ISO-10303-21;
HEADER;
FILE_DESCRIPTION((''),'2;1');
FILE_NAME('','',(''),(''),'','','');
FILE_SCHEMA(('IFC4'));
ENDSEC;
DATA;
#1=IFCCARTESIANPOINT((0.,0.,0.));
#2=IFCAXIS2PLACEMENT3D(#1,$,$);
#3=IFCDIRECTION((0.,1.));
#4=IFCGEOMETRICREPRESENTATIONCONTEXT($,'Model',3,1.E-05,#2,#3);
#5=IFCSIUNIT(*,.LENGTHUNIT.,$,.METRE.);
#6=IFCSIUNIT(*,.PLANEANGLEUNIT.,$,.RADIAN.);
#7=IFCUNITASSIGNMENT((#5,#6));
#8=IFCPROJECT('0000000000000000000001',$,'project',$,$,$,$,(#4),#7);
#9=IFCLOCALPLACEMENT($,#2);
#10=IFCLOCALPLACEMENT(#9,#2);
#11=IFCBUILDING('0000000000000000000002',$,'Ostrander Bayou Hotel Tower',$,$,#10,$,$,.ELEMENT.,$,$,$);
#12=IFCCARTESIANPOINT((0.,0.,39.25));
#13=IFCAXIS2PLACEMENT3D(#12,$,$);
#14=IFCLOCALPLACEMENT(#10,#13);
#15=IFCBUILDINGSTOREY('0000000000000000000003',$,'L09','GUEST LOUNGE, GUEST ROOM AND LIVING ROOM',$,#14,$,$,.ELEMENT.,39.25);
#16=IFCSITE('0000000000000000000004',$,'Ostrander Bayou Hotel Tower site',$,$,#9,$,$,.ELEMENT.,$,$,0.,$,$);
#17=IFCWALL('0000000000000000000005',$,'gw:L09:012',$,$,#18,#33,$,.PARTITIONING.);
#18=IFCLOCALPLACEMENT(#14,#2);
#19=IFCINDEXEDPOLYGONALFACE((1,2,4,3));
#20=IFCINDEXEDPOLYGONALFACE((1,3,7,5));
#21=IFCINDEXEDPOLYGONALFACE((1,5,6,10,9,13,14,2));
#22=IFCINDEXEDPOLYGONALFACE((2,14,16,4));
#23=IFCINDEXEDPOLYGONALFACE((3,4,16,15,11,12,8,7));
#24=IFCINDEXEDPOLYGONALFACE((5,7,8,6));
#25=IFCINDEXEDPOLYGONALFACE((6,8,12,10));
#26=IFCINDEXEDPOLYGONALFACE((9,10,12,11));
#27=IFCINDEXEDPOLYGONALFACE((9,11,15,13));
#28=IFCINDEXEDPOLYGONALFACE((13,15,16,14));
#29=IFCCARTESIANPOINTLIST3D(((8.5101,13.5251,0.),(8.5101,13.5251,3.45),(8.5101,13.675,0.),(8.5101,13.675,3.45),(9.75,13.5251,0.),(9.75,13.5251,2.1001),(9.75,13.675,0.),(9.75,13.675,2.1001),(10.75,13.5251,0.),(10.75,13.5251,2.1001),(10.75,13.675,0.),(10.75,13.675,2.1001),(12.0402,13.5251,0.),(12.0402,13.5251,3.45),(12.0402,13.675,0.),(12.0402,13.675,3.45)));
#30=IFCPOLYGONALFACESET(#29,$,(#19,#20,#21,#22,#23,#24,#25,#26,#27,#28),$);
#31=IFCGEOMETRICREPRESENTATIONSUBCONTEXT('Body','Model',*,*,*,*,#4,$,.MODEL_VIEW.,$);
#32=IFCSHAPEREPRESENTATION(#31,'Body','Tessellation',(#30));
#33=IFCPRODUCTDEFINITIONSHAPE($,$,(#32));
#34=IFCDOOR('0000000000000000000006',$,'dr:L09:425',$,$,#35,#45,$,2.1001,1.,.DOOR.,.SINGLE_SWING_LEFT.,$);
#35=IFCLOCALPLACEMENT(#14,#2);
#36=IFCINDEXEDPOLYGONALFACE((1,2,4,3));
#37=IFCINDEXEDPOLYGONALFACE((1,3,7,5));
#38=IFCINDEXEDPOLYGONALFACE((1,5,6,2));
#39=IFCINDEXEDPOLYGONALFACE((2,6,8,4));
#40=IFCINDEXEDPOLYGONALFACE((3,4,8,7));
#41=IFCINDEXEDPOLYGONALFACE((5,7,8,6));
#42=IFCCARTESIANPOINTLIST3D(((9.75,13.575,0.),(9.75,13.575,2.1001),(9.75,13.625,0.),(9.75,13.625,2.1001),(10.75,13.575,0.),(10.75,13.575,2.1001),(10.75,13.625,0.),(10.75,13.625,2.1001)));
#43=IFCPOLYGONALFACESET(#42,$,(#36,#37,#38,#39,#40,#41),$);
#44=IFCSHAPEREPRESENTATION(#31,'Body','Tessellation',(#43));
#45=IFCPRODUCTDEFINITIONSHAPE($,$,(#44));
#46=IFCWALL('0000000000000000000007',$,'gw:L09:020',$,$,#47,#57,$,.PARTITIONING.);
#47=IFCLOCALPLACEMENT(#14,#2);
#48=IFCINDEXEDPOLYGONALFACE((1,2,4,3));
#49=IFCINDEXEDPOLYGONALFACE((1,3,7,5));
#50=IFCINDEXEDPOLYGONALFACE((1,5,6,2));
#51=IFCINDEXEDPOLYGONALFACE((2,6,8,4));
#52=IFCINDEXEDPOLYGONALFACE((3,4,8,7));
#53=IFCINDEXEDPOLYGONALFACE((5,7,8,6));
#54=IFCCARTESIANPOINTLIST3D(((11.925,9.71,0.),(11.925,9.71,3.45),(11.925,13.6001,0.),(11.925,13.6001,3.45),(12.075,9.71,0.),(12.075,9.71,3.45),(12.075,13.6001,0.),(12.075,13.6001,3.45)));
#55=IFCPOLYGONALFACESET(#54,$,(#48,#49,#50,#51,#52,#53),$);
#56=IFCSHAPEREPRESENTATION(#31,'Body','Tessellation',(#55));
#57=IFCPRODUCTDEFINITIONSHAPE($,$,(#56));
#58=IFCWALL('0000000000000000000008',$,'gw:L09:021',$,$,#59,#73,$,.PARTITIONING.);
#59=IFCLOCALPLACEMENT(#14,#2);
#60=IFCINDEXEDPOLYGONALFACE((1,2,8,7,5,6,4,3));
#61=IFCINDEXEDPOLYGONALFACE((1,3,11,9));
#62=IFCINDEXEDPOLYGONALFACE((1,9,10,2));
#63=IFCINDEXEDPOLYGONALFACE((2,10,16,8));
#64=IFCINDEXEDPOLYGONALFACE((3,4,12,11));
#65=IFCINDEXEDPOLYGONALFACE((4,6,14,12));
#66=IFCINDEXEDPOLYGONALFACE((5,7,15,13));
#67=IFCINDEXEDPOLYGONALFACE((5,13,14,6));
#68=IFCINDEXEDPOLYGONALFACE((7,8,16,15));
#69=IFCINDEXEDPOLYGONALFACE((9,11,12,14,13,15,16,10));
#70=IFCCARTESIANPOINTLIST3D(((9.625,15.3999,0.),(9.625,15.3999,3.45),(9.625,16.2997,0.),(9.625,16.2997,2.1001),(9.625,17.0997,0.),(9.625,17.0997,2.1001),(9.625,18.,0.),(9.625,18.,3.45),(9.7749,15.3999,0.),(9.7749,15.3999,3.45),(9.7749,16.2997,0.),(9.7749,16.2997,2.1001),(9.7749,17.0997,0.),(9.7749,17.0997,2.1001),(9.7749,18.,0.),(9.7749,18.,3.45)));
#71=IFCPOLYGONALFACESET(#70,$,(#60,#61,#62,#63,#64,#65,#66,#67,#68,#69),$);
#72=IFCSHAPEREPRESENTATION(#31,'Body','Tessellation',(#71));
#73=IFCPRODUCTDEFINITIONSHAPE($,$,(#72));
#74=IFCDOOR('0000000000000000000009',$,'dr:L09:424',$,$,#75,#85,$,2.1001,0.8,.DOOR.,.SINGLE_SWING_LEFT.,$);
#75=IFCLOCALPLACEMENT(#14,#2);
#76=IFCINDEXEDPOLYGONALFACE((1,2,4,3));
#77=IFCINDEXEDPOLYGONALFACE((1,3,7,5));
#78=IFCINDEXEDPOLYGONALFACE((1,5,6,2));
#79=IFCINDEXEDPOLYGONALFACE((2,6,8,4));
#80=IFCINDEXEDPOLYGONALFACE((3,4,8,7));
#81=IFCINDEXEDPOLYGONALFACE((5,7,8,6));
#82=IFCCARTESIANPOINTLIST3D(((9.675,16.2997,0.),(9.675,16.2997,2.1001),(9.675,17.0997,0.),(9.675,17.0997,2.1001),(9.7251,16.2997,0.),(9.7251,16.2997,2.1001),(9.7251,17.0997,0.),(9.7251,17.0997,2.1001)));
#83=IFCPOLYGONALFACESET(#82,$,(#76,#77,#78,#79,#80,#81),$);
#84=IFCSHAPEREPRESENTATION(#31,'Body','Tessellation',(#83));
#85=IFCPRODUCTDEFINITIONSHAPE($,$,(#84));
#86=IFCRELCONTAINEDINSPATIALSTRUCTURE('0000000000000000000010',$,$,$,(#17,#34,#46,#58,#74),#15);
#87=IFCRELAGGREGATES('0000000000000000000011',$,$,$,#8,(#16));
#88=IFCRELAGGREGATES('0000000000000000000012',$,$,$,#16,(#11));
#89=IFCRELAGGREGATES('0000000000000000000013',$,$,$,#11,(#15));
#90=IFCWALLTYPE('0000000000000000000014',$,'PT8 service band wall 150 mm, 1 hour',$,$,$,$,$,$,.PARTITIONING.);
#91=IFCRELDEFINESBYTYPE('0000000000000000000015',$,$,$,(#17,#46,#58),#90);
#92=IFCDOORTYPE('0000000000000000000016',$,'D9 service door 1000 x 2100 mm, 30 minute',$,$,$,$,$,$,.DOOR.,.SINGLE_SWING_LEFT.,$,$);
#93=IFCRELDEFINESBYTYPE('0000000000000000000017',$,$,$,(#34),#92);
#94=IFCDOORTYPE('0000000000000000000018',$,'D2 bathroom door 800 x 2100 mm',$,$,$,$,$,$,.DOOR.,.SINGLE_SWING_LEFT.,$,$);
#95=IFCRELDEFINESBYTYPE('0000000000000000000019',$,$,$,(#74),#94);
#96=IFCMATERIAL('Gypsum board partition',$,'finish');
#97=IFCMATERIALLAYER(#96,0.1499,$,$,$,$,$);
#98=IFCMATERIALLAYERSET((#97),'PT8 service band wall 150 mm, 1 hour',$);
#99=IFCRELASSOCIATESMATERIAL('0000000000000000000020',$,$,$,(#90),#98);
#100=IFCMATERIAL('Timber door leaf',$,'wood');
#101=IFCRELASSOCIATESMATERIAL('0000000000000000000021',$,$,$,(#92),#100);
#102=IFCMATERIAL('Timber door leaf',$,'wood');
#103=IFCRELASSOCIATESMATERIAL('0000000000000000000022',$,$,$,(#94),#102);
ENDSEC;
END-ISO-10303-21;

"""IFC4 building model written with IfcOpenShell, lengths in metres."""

from ifc_helpers import new_model, si_unit, direction, frame, frame_2d, origin, place, context, subcontext, project, spatial, rectangle, extrude, material, layer, layer_set, type_object, element, fill, save


model = new_model("IFC4")

# Units and contexts
model_context = context("Model", 3, precision=1e-05, world=origin(), true_north=direction((0.0, 1.0)))
body_context = subcontext(model_context, "Body", "Model", "MODEL_VIEW")
ifc_project = project(units=[si_unit("LENGTHUNIT", "METRE"), si_unit("PLANEANGLEUNIT", "RADIAN")], contexts=[model_context])

# Site, building, storey
site_placement = place(None, origin())
site = spatial("IfcSite", under=ifc_project, at=site_placement, Name="Ostrander Bayou Hotel Tower site", CompositionType="ELEMENT", RefElevation=0.0)
building_placement = place(site_placement, origin())
building = spatial("IfcBuilding", under=site, at=building_placement, Name="Ostrander Bayou Hotel Tower", CompositionType="ELEMENT")
storey_placement = place(building_placement, frame((0.0, 0.0, 39.25)))
storey = spatial("IfcBuildingStorey", under=building, at=storey_placement, Name="L09", Description="GUEST LOUNGE, GUEST ROOM AND LIVING ROOM", CompositionType="ELEMENT", Elevation=39.25)

# Wall, opening, door
ifc_material_1 = material(Name="Gypsum board partition", Category="finish")
ifc_layer_1 = layer(ifc_material_1, 0.1499)
ifc_layer_set_1 = layer_set([ifc_layer_1], Name="PT8 service band wall 150 mm, 1 hour")
wall_type_1 = type_object("IfcWallType", Name="PT8 service band wall 150 mm, 1 hour", PredefinedType="PARTITIONING", material=ifc_layer_set_1)
wall_1_placement = place(storey_placement, frame((8.51, 13.6001, 0.0), z_axis=(0.0, 0.0, 1.0), x_axis=(1.0, 0.0, 0.0)))
wall_1 = element("IfcWall", 1, at=wall_1_placement, inside=storey, type_object=wall_type_1, Name="gw:L09:012", PredefinedType="PARTITIONING", context=body_context, shape_type="SweptSolid", body=[
    extrude(rectangle(XDim=3.53, YDim=0.1499, at=frame_2d((1.7651, 0.0))), origin(), (0.0, 0.0, 1.0), 3.45),
])
opening_1_placement = place(wall_1_placement, frame((1.24, 0.0, 0.0)))
opening_1 = element("IfcOpeningElement", 2, at=opening_1_placement, cuts=wall_1, PredefinedType="OPENING", context=body_context, shape_type="SweptSolid", body=[
    extrude(rectangle(XDim=1.0, YDim=2.1001, at=frame_2d((0.5, 1.05))), frame((0.0, 0.075, 0.0), z_axis=(0.0, -1.0, 0.0), x_axis=(1.0, 0.0, 0.0)), (0.0, 0.0, 1.0), 0.1499),
])
ifc_material_2 = material(Name="Timber door leaf", Category="wood")
door_type_1 = type_object("IfcDoorType", Name="D9 service door 1000 x 2100 mm, 30 minute", OperationType="SINGLE_SWING_LEFT", PredefinedType="DOOR", material=ifc_material_2)
door_1_placement = place(opening_1_placement, origin())
door_1 = element("IfcDoor", 3, at=door_1_placement, inside=storey, type_object=door_type_1, Name="dr:L09:425", OperationType="SINGLE_SWING_LEFT", OverallHeight=2.1001, OverallWidth=1.0, PredefinedType="DOOR", context=body_context, shape_type="SweptSolid", body=[
    extrude(rectangle(XDim=1.0, YDim=2.1001, at=frame_2d((0.5, 1.05))), frame((0.0, 0.0249, 0.0), z_axis=(0.0, -1.0, 0.0), x_axis=(1.0, 0.0, 0.0)), (0.0, 0.0, 1.0), 0.05),
])
fill(opening_1, door_1)

# Wall
wall_2_placement = place(storey_placement, frame((12.0, 9.71, 0.0), z_axis=(0.0, 0.0, 1.0), x_axis=(0.0, 1.0, 0.0)))
element("IfcWall", 4, at=wall_2_placement, inside=storey, type_object=wall_type_1, Name="gw:L09:020", PredefinedType="PARTITIONING", context=body_context, shape_type="SweptSolid", body=[
    extrude(rectangle(XDim=3.8901, YDim=0.1499, at=frame_2d((1.9451, 0.0))), origin(), (0.0, 0.0, 1.0), 3.45),
])

# Wall, opening, door
wall_3_placement = place(storey_placement, frame((9.7, 15.3999, 0.0), z_axis=(0.0, 0.0, 1.0), x_axis=(0.0, 1.0, 0.0)))
wall_3 = element("IfcWall", 5, at=wall_3_placement, inside=storey, type_object=wall_type_1, Name="gw:L09:021", PredefinedType="PARTITIONING", context=body_context, shape_type="SweptSolid", body=[
    extrude(rectangle(XDim=2.6001, YDim=0.1499, at=frame_2d((1.3, 0.0))), origin(), (0.0, 0.0, 1.0), 3.45),
])
opening_2_placement = place(wall_3_placement, frame((0.8999, 0.0, 0.0)))
opening_2 = element("IfcOpeningElement", 6, at=opening_2_placement, cuts=wall_3, PredefinedType="OPENING", context=body_context, shape_type="SweptSolid", body=[
    extrude(rectangle(XDim=0.8, YDim=2.1001, at=frame_2d((0.3999, 1.05))), frame((0.0, 0.075, 0.0), z_axis=(0.0, -1.0, 0.0), x_axis=(1.0, 0.0, 0.0)), (0.0, 0.0, 1.0), 0.1499),
])
ifc_material_3 = material(Name="Timber door leaf", Category="wood")
door_type_2 = type_object("IfcDoorType", Name="D2 bathroom door 800 x 2100 mm", OperationType="SINGLE_SWING_LEFT", PredefinedType="DOOR", material=ifc_material_3)
door_2_placement = place(opening_2_placement, origin())
door_2 = element("IfcDoor", 7, at=door_2_placement, inside=storey, type_object=door_type_2, Name="dr:L09:424", OperationType="SINGLE_SWING_LEFT", OverallHeight=2.1001, OverallWidth=0.8, PredefinedType="DOOR", context=body_context, shape_type="SweptSolid", body=[
    extrude(rectangle(XDim=0.8, YDim=2.1001, at=frame_2d((0.3999, 1.05))), frame((0.0, 0.0249, 0.0), z_axis=(0.0, -1.0, 0.0), x_axis=(1.0, 0.0, 0.0)), (0.0, 0.0, 1.0), 0.05),
])
fill(opening_2, door_2)

save(model, "model.ifc")
